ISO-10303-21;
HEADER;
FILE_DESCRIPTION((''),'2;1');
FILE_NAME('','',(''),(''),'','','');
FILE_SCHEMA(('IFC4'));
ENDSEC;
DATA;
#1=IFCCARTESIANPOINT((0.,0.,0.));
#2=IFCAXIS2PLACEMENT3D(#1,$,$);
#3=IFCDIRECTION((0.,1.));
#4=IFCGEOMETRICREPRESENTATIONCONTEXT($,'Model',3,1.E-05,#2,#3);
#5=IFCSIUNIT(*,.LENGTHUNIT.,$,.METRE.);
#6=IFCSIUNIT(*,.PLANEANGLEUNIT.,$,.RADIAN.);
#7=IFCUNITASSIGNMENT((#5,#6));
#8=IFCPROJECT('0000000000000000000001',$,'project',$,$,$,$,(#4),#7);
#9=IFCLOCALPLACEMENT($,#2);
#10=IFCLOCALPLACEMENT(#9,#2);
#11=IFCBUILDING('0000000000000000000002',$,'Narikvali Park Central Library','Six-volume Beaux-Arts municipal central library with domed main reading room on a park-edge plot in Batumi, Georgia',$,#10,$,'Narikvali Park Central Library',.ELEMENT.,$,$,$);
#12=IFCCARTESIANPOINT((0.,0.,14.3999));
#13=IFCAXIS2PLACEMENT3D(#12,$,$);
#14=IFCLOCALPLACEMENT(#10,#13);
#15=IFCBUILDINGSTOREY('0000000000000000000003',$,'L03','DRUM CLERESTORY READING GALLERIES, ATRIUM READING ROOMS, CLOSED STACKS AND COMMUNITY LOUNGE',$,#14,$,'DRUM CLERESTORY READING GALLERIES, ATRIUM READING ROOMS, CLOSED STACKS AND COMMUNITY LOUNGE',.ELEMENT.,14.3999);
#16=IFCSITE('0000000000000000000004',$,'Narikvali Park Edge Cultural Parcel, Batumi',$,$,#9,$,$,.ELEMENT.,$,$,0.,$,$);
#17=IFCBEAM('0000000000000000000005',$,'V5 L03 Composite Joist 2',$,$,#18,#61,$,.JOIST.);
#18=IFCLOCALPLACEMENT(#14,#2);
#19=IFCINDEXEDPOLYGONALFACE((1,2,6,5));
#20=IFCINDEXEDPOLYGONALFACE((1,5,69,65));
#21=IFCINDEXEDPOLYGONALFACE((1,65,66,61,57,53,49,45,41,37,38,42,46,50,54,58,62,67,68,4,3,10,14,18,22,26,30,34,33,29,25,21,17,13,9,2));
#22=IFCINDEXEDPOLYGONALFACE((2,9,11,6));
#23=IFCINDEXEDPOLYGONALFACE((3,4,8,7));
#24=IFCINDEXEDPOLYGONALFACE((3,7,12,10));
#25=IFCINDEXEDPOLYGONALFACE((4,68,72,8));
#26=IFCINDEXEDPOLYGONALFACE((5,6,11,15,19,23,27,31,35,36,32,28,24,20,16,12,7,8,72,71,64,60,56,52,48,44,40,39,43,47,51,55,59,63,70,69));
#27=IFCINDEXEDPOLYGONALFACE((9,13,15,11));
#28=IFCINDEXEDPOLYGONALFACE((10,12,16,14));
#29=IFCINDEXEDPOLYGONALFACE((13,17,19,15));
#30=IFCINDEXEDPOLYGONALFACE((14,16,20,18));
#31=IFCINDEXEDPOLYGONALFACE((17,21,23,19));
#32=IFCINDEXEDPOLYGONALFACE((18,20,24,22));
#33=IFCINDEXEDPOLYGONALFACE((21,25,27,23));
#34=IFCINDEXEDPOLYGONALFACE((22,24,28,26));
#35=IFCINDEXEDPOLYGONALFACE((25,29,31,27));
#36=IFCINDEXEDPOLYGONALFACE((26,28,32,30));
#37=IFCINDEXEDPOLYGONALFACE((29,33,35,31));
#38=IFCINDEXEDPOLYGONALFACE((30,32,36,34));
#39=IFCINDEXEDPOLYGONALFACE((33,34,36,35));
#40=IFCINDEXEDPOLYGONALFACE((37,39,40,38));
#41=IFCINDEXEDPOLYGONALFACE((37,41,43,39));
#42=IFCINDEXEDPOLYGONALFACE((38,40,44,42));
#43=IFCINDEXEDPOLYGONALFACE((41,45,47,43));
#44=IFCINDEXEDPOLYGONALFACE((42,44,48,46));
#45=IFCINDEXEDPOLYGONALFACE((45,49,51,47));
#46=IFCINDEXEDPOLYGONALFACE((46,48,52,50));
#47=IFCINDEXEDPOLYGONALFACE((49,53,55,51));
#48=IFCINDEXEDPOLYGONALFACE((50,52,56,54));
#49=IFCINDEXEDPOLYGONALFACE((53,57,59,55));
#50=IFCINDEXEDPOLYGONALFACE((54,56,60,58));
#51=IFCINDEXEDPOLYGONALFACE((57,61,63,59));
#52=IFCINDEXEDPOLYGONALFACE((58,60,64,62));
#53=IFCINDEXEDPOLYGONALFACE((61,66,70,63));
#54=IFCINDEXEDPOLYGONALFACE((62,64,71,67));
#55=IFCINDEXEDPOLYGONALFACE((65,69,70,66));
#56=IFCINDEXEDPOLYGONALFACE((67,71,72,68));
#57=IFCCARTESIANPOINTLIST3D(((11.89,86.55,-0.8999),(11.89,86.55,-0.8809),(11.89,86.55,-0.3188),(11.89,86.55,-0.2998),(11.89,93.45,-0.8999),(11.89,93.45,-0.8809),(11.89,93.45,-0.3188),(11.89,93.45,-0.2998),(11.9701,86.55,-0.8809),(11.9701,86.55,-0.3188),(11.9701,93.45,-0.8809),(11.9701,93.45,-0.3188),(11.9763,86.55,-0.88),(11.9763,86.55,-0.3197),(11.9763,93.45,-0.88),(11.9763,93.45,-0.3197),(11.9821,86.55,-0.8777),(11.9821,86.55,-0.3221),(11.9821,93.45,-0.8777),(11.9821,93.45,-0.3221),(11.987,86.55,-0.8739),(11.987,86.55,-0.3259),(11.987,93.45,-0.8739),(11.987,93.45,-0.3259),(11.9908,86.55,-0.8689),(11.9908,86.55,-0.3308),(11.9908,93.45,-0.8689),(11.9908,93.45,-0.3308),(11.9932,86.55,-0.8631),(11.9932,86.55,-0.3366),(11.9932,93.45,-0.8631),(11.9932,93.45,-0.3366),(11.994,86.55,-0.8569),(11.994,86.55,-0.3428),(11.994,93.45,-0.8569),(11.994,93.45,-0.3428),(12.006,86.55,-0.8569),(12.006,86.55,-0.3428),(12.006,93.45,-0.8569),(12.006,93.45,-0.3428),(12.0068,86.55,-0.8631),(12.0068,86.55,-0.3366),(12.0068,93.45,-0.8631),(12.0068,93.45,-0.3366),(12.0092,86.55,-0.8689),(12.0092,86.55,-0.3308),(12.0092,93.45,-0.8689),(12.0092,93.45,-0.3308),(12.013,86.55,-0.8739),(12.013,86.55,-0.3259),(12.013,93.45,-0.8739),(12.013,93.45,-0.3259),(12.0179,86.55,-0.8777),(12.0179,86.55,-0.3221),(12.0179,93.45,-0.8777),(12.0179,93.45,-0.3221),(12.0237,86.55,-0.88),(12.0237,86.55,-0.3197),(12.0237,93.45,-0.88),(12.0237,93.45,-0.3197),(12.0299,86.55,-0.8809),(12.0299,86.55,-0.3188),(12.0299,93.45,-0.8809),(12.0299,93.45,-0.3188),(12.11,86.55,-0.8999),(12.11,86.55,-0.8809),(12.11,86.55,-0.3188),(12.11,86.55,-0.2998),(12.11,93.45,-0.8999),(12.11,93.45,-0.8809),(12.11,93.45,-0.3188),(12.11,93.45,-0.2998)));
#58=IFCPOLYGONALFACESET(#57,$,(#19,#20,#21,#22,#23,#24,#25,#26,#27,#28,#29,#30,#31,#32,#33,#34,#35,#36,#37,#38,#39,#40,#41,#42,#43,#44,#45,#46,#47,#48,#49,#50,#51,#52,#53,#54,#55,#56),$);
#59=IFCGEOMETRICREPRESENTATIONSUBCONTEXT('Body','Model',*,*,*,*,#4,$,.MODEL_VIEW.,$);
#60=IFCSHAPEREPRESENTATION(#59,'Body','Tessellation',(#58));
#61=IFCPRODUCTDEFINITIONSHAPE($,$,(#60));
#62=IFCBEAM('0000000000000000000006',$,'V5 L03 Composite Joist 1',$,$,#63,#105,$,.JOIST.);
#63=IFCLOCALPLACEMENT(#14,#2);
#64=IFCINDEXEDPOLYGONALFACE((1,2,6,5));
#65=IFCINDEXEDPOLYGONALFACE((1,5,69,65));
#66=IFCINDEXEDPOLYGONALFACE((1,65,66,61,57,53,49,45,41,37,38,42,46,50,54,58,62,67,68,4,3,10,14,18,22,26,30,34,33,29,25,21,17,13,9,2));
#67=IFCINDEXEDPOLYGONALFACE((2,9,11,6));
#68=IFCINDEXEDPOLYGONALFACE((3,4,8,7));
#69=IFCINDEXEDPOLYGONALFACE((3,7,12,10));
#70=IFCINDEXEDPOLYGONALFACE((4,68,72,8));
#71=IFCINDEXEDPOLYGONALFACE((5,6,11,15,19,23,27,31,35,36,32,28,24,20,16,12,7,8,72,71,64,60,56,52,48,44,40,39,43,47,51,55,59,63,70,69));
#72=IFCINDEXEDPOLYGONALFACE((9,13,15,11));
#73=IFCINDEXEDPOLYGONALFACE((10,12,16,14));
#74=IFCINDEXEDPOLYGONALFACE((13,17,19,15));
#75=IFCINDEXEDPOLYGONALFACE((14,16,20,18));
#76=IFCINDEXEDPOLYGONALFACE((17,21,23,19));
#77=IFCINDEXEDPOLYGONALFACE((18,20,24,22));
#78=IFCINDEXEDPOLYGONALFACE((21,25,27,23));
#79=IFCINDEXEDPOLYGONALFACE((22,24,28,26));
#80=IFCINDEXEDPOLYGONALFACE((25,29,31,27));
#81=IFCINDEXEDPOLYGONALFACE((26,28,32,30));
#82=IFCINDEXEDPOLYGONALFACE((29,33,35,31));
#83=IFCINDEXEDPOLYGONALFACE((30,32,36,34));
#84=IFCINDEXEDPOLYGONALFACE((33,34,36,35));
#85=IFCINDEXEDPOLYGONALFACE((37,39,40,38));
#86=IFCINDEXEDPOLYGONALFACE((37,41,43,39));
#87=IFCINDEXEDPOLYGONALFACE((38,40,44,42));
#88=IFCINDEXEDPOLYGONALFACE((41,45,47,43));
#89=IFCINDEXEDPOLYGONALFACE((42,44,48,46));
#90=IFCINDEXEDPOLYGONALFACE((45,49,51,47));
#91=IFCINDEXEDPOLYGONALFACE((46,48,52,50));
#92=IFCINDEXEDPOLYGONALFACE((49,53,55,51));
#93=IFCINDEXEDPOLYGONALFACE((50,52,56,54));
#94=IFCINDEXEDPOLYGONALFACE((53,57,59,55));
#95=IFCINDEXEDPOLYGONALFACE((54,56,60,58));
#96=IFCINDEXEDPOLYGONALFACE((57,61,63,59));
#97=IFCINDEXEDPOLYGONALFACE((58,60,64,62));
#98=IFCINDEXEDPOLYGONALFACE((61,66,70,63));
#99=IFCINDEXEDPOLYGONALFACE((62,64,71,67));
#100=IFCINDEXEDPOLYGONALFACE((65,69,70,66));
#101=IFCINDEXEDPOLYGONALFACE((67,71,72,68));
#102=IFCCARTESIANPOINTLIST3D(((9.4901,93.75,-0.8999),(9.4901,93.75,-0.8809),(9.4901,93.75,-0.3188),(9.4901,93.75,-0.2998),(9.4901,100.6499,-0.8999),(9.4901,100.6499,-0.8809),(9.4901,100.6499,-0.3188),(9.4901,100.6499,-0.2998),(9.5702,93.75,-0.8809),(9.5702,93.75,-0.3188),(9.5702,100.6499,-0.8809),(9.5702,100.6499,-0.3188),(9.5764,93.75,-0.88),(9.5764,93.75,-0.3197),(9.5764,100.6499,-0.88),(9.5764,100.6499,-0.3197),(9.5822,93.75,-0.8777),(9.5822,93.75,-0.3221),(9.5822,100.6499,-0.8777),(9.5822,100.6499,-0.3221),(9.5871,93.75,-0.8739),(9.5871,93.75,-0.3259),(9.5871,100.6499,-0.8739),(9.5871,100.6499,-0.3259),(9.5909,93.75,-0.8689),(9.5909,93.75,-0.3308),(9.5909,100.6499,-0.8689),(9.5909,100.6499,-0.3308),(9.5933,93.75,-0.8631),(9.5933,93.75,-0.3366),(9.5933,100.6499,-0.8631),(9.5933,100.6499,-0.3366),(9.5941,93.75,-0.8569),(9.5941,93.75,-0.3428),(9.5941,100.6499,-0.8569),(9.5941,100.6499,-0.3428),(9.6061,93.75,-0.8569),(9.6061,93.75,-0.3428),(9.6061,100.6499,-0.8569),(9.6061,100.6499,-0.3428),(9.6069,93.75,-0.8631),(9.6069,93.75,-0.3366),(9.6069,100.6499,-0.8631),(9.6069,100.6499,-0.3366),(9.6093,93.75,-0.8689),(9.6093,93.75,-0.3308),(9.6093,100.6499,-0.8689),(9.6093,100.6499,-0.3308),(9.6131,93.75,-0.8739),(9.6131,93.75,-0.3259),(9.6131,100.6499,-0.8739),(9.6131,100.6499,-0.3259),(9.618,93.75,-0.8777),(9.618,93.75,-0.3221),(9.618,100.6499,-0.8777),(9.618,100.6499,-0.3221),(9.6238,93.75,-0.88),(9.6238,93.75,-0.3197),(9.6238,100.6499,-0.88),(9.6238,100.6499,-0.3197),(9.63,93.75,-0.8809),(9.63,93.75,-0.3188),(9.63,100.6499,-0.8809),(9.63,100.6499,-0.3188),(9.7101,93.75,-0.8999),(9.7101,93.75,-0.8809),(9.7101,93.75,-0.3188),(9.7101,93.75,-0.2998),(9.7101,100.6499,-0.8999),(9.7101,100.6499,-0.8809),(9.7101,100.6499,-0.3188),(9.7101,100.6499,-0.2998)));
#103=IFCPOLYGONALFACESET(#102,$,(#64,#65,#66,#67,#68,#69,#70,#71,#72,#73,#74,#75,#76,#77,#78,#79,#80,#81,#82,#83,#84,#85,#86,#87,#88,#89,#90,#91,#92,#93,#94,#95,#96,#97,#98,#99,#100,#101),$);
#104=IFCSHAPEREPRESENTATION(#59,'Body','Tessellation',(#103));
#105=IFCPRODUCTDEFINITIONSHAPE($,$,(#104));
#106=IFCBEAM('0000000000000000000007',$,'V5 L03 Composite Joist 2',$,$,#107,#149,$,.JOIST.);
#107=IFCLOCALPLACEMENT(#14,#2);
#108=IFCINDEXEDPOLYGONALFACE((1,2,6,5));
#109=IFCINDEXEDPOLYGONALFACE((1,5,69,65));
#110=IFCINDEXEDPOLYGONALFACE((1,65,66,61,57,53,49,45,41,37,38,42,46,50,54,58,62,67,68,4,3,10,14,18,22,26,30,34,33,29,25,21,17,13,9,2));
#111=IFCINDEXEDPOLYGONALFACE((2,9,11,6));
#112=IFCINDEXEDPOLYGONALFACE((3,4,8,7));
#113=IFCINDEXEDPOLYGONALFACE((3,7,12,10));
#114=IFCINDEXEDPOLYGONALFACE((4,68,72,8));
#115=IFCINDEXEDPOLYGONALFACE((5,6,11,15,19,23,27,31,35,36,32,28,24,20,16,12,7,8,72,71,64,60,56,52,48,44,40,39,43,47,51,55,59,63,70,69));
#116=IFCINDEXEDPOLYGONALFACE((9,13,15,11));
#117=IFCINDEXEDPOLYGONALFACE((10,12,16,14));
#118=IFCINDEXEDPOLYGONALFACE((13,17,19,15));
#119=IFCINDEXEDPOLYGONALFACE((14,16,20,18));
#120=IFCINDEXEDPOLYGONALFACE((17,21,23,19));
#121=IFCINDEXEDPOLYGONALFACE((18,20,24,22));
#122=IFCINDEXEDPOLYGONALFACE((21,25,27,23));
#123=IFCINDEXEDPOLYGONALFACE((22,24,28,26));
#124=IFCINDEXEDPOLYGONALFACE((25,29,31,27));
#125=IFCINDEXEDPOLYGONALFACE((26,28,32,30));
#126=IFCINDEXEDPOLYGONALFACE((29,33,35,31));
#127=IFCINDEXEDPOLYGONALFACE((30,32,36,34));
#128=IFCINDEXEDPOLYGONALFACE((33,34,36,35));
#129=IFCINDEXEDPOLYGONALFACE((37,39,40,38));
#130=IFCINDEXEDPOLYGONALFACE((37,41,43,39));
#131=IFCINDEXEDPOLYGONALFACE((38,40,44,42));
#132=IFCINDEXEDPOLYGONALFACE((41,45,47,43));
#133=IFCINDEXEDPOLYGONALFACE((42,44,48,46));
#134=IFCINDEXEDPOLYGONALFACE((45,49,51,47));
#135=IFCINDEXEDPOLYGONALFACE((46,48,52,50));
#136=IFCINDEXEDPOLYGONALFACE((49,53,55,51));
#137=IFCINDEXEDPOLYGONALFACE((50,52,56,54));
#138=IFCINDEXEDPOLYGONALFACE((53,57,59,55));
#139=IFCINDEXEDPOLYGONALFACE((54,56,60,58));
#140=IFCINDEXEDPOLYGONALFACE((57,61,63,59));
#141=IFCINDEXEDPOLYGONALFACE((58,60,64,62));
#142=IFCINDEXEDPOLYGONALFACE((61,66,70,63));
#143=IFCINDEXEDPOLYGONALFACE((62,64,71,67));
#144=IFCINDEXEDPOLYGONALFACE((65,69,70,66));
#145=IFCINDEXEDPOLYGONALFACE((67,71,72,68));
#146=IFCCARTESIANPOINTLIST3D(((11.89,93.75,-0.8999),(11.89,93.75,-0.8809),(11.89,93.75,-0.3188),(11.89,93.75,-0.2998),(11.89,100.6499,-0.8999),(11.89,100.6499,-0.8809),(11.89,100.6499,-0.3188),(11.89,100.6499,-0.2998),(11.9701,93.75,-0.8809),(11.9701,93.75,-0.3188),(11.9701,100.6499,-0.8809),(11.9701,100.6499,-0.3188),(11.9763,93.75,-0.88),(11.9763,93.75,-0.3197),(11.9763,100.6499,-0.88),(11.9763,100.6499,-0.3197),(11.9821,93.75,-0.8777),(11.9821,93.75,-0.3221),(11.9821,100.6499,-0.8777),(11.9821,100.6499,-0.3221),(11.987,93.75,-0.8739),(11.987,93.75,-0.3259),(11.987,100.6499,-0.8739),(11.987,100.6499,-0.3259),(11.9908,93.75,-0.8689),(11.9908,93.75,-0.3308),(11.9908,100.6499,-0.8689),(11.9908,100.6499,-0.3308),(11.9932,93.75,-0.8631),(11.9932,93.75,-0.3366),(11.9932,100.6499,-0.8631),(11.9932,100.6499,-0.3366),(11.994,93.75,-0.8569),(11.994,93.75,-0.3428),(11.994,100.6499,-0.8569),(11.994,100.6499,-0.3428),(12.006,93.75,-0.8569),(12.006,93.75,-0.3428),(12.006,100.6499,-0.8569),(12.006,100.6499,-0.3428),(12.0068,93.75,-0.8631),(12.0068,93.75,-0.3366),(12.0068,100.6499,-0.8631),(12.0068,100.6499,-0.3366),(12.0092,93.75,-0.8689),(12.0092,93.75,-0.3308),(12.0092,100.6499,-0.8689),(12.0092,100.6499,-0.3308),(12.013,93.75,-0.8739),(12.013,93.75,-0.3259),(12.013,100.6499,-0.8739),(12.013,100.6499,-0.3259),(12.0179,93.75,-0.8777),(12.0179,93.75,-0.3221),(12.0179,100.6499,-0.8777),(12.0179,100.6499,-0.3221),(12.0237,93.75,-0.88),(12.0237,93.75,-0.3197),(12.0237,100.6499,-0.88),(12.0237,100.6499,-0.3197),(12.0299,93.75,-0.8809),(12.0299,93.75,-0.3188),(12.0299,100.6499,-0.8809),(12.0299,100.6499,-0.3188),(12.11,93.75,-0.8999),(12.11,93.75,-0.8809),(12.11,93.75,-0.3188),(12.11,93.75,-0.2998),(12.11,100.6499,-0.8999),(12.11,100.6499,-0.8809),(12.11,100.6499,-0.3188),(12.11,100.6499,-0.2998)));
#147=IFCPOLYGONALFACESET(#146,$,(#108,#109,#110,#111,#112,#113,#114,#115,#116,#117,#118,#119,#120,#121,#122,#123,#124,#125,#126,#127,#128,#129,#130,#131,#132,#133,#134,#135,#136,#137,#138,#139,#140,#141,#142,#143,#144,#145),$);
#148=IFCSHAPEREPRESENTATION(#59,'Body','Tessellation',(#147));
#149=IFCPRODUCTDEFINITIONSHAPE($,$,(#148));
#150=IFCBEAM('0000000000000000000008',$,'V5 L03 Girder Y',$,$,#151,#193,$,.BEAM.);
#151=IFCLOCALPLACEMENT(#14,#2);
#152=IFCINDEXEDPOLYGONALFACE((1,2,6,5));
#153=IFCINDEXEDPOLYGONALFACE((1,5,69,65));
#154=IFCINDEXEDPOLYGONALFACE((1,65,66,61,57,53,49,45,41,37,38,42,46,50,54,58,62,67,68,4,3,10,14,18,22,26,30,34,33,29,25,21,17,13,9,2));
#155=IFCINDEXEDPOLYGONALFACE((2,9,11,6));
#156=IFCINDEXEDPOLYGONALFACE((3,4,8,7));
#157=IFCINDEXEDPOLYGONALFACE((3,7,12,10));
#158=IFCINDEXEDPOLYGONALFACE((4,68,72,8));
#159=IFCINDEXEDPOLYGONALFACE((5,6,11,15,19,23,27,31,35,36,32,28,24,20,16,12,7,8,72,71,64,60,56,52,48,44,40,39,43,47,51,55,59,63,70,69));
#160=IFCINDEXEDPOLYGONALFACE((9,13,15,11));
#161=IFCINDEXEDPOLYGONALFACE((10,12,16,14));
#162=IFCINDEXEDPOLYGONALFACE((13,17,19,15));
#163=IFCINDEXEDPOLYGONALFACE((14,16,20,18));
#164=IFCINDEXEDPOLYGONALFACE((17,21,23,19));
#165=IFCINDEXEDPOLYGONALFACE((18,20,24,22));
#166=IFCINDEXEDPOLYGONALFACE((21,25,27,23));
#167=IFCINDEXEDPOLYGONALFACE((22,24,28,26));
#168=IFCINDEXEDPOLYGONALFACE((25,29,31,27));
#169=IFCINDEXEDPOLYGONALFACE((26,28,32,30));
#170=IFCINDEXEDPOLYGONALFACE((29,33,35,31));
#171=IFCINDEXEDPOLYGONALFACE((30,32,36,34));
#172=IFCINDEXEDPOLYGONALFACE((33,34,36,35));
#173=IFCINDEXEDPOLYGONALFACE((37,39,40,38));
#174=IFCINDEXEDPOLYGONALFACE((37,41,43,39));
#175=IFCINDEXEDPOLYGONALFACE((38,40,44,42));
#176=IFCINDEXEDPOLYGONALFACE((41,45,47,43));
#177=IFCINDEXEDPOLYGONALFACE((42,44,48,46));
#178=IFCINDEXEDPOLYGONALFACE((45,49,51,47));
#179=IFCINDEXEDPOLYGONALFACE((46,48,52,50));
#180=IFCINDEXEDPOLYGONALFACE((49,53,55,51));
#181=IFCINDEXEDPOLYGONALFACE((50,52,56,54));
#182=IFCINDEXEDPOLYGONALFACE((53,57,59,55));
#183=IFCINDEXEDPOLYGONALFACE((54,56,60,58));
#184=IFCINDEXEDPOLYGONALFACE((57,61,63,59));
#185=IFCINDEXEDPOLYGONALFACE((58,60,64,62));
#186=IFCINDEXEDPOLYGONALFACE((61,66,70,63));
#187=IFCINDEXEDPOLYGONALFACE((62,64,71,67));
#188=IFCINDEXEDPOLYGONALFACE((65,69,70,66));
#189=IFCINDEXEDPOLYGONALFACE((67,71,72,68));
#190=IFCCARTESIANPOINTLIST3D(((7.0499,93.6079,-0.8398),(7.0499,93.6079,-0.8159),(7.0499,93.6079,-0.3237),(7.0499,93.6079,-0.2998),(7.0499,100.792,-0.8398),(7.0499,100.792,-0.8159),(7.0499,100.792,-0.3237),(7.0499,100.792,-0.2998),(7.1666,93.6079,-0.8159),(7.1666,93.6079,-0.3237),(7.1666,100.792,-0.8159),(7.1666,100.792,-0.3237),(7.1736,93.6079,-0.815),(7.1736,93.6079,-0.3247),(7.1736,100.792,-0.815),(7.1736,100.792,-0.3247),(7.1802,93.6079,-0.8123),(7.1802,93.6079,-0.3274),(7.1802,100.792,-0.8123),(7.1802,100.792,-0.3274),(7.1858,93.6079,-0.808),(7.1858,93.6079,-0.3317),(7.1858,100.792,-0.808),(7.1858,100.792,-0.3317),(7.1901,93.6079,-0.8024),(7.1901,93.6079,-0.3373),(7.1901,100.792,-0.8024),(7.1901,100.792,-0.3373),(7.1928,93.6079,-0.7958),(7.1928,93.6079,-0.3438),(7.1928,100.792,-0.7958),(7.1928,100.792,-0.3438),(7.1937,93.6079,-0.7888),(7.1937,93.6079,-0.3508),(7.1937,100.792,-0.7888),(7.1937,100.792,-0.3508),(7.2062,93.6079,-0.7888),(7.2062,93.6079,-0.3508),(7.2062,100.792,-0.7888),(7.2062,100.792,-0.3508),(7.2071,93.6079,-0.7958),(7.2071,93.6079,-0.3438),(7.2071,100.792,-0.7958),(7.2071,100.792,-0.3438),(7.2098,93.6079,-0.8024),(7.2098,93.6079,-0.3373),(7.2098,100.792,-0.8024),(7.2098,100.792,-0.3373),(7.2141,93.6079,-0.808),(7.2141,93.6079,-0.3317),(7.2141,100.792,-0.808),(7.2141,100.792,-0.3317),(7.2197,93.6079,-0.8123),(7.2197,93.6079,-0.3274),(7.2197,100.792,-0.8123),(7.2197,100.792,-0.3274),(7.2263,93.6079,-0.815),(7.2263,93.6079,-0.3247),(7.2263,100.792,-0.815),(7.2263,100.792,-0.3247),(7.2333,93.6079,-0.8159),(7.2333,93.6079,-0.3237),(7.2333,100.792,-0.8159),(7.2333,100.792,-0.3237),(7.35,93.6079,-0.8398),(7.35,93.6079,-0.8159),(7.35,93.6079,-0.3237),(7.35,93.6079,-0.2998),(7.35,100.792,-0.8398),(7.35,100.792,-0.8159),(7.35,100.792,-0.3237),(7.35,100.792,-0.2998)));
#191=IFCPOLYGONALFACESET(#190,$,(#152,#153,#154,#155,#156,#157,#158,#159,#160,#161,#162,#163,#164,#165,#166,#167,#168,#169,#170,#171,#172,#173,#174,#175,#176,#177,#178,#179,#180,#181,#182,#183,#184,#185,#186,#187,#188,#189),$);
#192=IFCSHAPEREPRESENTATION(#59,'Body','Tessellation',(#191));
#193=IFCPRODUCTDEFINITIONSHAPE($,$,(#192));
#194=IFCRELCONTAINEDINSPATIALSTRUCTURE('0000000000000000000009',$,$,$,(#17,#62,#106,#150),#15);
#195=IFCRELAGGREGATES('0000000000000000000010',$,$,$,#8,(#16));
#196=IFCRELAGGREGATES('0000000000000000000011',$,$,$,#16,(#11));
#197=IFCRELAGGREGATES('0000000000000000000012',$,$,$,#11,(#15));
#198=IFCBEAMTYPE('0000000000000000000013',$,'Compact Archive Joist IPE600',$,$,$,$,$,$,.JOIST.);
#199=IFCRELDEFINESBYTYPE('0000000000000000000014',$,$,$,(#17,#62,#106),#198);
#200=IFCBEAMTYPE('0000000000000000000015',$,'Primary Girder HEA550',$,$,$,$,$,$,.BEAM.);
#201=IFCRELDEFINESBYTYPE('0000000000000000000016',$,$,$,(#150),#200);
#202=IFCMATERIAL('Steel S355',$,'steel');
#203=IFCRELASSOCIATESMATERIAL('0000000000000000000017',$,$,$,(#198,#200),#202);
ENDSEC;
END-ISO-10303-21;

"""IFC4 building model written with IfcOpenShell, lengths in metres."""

from ifc_helpers import new_model, si_unit, direction, frame, origin, origin_2d, place, context, subcontext, project, spatial, i_section, extrude, material, material_profile, profile_set, type_object, element, save


model = new_model("IFC4")

# Units and contexts
model_context = context("Model", 3, precision=1e-05, world=origin(), true_north=direction((0.0, 1.0)))
body_context = subcontext(model_context, "Body", "Model", "MODEL_VIEW")
ifc_project = project(units=[si_unit("LENGTHUNIT", "METRE"), si_unit("PLANEANGLEUNIT", "RADIAN")], contexts=[model_context])

# Site, building, storey
site_placement = place(None, origin())
site = spatial("IfcSite", under=ifc_project, at=site_placement, Name="Narikvali Park Edge Cultural Parcel, Batumi", CompositionType="ELEMENT", RefElevation=0.0)
building_placement = place(site_placement, origin())
building = spatial("IfcBuilding", under=site, at=building_placement, Name="Narikvali Park Central Library", Description="Six-volume Beaux-Arts municipal central library with domed main reading room on a park-edge plot in Batumi, Georgia", LongName="Narikvali Park Central Library", CompositionType="ELEMENT")
storey_placement = place(building_placement, frame((0.0, 0.0, 14.3999)))
storey = spatial("IfcBuildingStorey", under=building, at=storey_placement, Name="L03", Description="DRUM CLERESTORY READING GALLERIES, ATRIUM READING ROOMS, CLOSED STACKS AND COMMUNITY LOUNGE", LongName="DRUM CLERESTORY READING GALLERIES, ATRIUM READING ROOMS, CLOSED STACKS AND COMMUNITY LOUNGE", CompositionType="ELEMENT", Elevation=14.3999)

# Shared definitions
ifc_material_1 = material(Name="Steel S355", Category="steel")

# Beams
ifc_material_profile_1 = material_profile(ifc_material_1, i_section(OverallWidth=0.22, OverallDepth=0.6001, WebThickness=0.012, FlangeThickness=0.019, FilletRadius=0.0239, at=origin_2d()), Name="IPE 600")
ifc_profile_set_1 = profile_set([ifc_material_profile_1], Name="Steel S355")
beam_type_1 = type_object("IfcBeamType", Name="Compact Archive Joist IPE600", PredefinedType="JOIST", material=ifc_profile_set_1)
for number, where, z_axis, x_axis, name in (
    (1, (12.0, 86.55, -0.5999), (0.0, 1.0, 0.0), (-1.0, 0.0, 0.0), "V5 L03 Composite Joist 2"),
    (2, (9.6001, 93.75, -0.5999), (0.0, 1.0, 0.0), (-1.0, 0.0, 0.0), "V5 L03 Composite Joist 1"),
    (3, (12.0, 93.75, -0.5999), (0.0, 1.0, 0.0), (-1.0, 0.0, 0.0), "V5 L03 Composite Joist 2"),
):
    element("IfcBeam", number, at=place(storey_placement, frame(where, z_axis=z_axis, x_axis=x_axis)), inside=storey, type_object=beam_type_1, Name=name, PredefinedType="JOIST", context=body_context, shape_type="SweptSolid", body=[
        extrude(i_section(OverallWidth=0.22, OverallDepth=0.6001, WebThickness=0.012, FlangeThickness=0.019, FilletRadius=0.0239, at=origin_2d()), origin(), (0.0, 0.0, 1.0), 6.8999),
    ])
ifc_material_profile_2 = material_profile(ifc_material_1, i_section(OverallWidth=0.3, OverallDepth=0.54, WebThickness=0.0125, FlangeThickness=0.0239, FilletRadius=0.0271, at=origin_2d()), Name="HEA 550")
ifc_profile_set_2 = profile_set([ifc_material_profile_2], Name="Steel S355")
beam_type_2 = type_object("IfcBeamType", Name="Primary Girder HEA550", PredefinedType="BEAM", material=ifc_profile_set_2)
for number, where, z_axis, x_axis, name in (
    (4, (7.2, 93.6079, -0.5698), (0.0, 1.0, 0.0), (-1.0, 0.0, 0.0), "V5 L03 Girder Y"),
):
    element("IfcBeam", number, at=place(storey_placement, frame(where, z_axis=z_axis, x_axis=x_axis)), inside=storey, type_object=beam_type_2, Name=name, PredefinedType="BEAM", context=body_context, shape_type="SweptSolid", body=[
        extrude(i_section(OverallWidth=0.3, OverallDepth=0.54, WebThickness=0.0125, FlangeThickness=0.0239, FilletRadius=0.0271, at=origin_2d()), origin(), (0.0, 0.0, 1.0), 7.1841),
    ])

save(model, "model.ifc")
